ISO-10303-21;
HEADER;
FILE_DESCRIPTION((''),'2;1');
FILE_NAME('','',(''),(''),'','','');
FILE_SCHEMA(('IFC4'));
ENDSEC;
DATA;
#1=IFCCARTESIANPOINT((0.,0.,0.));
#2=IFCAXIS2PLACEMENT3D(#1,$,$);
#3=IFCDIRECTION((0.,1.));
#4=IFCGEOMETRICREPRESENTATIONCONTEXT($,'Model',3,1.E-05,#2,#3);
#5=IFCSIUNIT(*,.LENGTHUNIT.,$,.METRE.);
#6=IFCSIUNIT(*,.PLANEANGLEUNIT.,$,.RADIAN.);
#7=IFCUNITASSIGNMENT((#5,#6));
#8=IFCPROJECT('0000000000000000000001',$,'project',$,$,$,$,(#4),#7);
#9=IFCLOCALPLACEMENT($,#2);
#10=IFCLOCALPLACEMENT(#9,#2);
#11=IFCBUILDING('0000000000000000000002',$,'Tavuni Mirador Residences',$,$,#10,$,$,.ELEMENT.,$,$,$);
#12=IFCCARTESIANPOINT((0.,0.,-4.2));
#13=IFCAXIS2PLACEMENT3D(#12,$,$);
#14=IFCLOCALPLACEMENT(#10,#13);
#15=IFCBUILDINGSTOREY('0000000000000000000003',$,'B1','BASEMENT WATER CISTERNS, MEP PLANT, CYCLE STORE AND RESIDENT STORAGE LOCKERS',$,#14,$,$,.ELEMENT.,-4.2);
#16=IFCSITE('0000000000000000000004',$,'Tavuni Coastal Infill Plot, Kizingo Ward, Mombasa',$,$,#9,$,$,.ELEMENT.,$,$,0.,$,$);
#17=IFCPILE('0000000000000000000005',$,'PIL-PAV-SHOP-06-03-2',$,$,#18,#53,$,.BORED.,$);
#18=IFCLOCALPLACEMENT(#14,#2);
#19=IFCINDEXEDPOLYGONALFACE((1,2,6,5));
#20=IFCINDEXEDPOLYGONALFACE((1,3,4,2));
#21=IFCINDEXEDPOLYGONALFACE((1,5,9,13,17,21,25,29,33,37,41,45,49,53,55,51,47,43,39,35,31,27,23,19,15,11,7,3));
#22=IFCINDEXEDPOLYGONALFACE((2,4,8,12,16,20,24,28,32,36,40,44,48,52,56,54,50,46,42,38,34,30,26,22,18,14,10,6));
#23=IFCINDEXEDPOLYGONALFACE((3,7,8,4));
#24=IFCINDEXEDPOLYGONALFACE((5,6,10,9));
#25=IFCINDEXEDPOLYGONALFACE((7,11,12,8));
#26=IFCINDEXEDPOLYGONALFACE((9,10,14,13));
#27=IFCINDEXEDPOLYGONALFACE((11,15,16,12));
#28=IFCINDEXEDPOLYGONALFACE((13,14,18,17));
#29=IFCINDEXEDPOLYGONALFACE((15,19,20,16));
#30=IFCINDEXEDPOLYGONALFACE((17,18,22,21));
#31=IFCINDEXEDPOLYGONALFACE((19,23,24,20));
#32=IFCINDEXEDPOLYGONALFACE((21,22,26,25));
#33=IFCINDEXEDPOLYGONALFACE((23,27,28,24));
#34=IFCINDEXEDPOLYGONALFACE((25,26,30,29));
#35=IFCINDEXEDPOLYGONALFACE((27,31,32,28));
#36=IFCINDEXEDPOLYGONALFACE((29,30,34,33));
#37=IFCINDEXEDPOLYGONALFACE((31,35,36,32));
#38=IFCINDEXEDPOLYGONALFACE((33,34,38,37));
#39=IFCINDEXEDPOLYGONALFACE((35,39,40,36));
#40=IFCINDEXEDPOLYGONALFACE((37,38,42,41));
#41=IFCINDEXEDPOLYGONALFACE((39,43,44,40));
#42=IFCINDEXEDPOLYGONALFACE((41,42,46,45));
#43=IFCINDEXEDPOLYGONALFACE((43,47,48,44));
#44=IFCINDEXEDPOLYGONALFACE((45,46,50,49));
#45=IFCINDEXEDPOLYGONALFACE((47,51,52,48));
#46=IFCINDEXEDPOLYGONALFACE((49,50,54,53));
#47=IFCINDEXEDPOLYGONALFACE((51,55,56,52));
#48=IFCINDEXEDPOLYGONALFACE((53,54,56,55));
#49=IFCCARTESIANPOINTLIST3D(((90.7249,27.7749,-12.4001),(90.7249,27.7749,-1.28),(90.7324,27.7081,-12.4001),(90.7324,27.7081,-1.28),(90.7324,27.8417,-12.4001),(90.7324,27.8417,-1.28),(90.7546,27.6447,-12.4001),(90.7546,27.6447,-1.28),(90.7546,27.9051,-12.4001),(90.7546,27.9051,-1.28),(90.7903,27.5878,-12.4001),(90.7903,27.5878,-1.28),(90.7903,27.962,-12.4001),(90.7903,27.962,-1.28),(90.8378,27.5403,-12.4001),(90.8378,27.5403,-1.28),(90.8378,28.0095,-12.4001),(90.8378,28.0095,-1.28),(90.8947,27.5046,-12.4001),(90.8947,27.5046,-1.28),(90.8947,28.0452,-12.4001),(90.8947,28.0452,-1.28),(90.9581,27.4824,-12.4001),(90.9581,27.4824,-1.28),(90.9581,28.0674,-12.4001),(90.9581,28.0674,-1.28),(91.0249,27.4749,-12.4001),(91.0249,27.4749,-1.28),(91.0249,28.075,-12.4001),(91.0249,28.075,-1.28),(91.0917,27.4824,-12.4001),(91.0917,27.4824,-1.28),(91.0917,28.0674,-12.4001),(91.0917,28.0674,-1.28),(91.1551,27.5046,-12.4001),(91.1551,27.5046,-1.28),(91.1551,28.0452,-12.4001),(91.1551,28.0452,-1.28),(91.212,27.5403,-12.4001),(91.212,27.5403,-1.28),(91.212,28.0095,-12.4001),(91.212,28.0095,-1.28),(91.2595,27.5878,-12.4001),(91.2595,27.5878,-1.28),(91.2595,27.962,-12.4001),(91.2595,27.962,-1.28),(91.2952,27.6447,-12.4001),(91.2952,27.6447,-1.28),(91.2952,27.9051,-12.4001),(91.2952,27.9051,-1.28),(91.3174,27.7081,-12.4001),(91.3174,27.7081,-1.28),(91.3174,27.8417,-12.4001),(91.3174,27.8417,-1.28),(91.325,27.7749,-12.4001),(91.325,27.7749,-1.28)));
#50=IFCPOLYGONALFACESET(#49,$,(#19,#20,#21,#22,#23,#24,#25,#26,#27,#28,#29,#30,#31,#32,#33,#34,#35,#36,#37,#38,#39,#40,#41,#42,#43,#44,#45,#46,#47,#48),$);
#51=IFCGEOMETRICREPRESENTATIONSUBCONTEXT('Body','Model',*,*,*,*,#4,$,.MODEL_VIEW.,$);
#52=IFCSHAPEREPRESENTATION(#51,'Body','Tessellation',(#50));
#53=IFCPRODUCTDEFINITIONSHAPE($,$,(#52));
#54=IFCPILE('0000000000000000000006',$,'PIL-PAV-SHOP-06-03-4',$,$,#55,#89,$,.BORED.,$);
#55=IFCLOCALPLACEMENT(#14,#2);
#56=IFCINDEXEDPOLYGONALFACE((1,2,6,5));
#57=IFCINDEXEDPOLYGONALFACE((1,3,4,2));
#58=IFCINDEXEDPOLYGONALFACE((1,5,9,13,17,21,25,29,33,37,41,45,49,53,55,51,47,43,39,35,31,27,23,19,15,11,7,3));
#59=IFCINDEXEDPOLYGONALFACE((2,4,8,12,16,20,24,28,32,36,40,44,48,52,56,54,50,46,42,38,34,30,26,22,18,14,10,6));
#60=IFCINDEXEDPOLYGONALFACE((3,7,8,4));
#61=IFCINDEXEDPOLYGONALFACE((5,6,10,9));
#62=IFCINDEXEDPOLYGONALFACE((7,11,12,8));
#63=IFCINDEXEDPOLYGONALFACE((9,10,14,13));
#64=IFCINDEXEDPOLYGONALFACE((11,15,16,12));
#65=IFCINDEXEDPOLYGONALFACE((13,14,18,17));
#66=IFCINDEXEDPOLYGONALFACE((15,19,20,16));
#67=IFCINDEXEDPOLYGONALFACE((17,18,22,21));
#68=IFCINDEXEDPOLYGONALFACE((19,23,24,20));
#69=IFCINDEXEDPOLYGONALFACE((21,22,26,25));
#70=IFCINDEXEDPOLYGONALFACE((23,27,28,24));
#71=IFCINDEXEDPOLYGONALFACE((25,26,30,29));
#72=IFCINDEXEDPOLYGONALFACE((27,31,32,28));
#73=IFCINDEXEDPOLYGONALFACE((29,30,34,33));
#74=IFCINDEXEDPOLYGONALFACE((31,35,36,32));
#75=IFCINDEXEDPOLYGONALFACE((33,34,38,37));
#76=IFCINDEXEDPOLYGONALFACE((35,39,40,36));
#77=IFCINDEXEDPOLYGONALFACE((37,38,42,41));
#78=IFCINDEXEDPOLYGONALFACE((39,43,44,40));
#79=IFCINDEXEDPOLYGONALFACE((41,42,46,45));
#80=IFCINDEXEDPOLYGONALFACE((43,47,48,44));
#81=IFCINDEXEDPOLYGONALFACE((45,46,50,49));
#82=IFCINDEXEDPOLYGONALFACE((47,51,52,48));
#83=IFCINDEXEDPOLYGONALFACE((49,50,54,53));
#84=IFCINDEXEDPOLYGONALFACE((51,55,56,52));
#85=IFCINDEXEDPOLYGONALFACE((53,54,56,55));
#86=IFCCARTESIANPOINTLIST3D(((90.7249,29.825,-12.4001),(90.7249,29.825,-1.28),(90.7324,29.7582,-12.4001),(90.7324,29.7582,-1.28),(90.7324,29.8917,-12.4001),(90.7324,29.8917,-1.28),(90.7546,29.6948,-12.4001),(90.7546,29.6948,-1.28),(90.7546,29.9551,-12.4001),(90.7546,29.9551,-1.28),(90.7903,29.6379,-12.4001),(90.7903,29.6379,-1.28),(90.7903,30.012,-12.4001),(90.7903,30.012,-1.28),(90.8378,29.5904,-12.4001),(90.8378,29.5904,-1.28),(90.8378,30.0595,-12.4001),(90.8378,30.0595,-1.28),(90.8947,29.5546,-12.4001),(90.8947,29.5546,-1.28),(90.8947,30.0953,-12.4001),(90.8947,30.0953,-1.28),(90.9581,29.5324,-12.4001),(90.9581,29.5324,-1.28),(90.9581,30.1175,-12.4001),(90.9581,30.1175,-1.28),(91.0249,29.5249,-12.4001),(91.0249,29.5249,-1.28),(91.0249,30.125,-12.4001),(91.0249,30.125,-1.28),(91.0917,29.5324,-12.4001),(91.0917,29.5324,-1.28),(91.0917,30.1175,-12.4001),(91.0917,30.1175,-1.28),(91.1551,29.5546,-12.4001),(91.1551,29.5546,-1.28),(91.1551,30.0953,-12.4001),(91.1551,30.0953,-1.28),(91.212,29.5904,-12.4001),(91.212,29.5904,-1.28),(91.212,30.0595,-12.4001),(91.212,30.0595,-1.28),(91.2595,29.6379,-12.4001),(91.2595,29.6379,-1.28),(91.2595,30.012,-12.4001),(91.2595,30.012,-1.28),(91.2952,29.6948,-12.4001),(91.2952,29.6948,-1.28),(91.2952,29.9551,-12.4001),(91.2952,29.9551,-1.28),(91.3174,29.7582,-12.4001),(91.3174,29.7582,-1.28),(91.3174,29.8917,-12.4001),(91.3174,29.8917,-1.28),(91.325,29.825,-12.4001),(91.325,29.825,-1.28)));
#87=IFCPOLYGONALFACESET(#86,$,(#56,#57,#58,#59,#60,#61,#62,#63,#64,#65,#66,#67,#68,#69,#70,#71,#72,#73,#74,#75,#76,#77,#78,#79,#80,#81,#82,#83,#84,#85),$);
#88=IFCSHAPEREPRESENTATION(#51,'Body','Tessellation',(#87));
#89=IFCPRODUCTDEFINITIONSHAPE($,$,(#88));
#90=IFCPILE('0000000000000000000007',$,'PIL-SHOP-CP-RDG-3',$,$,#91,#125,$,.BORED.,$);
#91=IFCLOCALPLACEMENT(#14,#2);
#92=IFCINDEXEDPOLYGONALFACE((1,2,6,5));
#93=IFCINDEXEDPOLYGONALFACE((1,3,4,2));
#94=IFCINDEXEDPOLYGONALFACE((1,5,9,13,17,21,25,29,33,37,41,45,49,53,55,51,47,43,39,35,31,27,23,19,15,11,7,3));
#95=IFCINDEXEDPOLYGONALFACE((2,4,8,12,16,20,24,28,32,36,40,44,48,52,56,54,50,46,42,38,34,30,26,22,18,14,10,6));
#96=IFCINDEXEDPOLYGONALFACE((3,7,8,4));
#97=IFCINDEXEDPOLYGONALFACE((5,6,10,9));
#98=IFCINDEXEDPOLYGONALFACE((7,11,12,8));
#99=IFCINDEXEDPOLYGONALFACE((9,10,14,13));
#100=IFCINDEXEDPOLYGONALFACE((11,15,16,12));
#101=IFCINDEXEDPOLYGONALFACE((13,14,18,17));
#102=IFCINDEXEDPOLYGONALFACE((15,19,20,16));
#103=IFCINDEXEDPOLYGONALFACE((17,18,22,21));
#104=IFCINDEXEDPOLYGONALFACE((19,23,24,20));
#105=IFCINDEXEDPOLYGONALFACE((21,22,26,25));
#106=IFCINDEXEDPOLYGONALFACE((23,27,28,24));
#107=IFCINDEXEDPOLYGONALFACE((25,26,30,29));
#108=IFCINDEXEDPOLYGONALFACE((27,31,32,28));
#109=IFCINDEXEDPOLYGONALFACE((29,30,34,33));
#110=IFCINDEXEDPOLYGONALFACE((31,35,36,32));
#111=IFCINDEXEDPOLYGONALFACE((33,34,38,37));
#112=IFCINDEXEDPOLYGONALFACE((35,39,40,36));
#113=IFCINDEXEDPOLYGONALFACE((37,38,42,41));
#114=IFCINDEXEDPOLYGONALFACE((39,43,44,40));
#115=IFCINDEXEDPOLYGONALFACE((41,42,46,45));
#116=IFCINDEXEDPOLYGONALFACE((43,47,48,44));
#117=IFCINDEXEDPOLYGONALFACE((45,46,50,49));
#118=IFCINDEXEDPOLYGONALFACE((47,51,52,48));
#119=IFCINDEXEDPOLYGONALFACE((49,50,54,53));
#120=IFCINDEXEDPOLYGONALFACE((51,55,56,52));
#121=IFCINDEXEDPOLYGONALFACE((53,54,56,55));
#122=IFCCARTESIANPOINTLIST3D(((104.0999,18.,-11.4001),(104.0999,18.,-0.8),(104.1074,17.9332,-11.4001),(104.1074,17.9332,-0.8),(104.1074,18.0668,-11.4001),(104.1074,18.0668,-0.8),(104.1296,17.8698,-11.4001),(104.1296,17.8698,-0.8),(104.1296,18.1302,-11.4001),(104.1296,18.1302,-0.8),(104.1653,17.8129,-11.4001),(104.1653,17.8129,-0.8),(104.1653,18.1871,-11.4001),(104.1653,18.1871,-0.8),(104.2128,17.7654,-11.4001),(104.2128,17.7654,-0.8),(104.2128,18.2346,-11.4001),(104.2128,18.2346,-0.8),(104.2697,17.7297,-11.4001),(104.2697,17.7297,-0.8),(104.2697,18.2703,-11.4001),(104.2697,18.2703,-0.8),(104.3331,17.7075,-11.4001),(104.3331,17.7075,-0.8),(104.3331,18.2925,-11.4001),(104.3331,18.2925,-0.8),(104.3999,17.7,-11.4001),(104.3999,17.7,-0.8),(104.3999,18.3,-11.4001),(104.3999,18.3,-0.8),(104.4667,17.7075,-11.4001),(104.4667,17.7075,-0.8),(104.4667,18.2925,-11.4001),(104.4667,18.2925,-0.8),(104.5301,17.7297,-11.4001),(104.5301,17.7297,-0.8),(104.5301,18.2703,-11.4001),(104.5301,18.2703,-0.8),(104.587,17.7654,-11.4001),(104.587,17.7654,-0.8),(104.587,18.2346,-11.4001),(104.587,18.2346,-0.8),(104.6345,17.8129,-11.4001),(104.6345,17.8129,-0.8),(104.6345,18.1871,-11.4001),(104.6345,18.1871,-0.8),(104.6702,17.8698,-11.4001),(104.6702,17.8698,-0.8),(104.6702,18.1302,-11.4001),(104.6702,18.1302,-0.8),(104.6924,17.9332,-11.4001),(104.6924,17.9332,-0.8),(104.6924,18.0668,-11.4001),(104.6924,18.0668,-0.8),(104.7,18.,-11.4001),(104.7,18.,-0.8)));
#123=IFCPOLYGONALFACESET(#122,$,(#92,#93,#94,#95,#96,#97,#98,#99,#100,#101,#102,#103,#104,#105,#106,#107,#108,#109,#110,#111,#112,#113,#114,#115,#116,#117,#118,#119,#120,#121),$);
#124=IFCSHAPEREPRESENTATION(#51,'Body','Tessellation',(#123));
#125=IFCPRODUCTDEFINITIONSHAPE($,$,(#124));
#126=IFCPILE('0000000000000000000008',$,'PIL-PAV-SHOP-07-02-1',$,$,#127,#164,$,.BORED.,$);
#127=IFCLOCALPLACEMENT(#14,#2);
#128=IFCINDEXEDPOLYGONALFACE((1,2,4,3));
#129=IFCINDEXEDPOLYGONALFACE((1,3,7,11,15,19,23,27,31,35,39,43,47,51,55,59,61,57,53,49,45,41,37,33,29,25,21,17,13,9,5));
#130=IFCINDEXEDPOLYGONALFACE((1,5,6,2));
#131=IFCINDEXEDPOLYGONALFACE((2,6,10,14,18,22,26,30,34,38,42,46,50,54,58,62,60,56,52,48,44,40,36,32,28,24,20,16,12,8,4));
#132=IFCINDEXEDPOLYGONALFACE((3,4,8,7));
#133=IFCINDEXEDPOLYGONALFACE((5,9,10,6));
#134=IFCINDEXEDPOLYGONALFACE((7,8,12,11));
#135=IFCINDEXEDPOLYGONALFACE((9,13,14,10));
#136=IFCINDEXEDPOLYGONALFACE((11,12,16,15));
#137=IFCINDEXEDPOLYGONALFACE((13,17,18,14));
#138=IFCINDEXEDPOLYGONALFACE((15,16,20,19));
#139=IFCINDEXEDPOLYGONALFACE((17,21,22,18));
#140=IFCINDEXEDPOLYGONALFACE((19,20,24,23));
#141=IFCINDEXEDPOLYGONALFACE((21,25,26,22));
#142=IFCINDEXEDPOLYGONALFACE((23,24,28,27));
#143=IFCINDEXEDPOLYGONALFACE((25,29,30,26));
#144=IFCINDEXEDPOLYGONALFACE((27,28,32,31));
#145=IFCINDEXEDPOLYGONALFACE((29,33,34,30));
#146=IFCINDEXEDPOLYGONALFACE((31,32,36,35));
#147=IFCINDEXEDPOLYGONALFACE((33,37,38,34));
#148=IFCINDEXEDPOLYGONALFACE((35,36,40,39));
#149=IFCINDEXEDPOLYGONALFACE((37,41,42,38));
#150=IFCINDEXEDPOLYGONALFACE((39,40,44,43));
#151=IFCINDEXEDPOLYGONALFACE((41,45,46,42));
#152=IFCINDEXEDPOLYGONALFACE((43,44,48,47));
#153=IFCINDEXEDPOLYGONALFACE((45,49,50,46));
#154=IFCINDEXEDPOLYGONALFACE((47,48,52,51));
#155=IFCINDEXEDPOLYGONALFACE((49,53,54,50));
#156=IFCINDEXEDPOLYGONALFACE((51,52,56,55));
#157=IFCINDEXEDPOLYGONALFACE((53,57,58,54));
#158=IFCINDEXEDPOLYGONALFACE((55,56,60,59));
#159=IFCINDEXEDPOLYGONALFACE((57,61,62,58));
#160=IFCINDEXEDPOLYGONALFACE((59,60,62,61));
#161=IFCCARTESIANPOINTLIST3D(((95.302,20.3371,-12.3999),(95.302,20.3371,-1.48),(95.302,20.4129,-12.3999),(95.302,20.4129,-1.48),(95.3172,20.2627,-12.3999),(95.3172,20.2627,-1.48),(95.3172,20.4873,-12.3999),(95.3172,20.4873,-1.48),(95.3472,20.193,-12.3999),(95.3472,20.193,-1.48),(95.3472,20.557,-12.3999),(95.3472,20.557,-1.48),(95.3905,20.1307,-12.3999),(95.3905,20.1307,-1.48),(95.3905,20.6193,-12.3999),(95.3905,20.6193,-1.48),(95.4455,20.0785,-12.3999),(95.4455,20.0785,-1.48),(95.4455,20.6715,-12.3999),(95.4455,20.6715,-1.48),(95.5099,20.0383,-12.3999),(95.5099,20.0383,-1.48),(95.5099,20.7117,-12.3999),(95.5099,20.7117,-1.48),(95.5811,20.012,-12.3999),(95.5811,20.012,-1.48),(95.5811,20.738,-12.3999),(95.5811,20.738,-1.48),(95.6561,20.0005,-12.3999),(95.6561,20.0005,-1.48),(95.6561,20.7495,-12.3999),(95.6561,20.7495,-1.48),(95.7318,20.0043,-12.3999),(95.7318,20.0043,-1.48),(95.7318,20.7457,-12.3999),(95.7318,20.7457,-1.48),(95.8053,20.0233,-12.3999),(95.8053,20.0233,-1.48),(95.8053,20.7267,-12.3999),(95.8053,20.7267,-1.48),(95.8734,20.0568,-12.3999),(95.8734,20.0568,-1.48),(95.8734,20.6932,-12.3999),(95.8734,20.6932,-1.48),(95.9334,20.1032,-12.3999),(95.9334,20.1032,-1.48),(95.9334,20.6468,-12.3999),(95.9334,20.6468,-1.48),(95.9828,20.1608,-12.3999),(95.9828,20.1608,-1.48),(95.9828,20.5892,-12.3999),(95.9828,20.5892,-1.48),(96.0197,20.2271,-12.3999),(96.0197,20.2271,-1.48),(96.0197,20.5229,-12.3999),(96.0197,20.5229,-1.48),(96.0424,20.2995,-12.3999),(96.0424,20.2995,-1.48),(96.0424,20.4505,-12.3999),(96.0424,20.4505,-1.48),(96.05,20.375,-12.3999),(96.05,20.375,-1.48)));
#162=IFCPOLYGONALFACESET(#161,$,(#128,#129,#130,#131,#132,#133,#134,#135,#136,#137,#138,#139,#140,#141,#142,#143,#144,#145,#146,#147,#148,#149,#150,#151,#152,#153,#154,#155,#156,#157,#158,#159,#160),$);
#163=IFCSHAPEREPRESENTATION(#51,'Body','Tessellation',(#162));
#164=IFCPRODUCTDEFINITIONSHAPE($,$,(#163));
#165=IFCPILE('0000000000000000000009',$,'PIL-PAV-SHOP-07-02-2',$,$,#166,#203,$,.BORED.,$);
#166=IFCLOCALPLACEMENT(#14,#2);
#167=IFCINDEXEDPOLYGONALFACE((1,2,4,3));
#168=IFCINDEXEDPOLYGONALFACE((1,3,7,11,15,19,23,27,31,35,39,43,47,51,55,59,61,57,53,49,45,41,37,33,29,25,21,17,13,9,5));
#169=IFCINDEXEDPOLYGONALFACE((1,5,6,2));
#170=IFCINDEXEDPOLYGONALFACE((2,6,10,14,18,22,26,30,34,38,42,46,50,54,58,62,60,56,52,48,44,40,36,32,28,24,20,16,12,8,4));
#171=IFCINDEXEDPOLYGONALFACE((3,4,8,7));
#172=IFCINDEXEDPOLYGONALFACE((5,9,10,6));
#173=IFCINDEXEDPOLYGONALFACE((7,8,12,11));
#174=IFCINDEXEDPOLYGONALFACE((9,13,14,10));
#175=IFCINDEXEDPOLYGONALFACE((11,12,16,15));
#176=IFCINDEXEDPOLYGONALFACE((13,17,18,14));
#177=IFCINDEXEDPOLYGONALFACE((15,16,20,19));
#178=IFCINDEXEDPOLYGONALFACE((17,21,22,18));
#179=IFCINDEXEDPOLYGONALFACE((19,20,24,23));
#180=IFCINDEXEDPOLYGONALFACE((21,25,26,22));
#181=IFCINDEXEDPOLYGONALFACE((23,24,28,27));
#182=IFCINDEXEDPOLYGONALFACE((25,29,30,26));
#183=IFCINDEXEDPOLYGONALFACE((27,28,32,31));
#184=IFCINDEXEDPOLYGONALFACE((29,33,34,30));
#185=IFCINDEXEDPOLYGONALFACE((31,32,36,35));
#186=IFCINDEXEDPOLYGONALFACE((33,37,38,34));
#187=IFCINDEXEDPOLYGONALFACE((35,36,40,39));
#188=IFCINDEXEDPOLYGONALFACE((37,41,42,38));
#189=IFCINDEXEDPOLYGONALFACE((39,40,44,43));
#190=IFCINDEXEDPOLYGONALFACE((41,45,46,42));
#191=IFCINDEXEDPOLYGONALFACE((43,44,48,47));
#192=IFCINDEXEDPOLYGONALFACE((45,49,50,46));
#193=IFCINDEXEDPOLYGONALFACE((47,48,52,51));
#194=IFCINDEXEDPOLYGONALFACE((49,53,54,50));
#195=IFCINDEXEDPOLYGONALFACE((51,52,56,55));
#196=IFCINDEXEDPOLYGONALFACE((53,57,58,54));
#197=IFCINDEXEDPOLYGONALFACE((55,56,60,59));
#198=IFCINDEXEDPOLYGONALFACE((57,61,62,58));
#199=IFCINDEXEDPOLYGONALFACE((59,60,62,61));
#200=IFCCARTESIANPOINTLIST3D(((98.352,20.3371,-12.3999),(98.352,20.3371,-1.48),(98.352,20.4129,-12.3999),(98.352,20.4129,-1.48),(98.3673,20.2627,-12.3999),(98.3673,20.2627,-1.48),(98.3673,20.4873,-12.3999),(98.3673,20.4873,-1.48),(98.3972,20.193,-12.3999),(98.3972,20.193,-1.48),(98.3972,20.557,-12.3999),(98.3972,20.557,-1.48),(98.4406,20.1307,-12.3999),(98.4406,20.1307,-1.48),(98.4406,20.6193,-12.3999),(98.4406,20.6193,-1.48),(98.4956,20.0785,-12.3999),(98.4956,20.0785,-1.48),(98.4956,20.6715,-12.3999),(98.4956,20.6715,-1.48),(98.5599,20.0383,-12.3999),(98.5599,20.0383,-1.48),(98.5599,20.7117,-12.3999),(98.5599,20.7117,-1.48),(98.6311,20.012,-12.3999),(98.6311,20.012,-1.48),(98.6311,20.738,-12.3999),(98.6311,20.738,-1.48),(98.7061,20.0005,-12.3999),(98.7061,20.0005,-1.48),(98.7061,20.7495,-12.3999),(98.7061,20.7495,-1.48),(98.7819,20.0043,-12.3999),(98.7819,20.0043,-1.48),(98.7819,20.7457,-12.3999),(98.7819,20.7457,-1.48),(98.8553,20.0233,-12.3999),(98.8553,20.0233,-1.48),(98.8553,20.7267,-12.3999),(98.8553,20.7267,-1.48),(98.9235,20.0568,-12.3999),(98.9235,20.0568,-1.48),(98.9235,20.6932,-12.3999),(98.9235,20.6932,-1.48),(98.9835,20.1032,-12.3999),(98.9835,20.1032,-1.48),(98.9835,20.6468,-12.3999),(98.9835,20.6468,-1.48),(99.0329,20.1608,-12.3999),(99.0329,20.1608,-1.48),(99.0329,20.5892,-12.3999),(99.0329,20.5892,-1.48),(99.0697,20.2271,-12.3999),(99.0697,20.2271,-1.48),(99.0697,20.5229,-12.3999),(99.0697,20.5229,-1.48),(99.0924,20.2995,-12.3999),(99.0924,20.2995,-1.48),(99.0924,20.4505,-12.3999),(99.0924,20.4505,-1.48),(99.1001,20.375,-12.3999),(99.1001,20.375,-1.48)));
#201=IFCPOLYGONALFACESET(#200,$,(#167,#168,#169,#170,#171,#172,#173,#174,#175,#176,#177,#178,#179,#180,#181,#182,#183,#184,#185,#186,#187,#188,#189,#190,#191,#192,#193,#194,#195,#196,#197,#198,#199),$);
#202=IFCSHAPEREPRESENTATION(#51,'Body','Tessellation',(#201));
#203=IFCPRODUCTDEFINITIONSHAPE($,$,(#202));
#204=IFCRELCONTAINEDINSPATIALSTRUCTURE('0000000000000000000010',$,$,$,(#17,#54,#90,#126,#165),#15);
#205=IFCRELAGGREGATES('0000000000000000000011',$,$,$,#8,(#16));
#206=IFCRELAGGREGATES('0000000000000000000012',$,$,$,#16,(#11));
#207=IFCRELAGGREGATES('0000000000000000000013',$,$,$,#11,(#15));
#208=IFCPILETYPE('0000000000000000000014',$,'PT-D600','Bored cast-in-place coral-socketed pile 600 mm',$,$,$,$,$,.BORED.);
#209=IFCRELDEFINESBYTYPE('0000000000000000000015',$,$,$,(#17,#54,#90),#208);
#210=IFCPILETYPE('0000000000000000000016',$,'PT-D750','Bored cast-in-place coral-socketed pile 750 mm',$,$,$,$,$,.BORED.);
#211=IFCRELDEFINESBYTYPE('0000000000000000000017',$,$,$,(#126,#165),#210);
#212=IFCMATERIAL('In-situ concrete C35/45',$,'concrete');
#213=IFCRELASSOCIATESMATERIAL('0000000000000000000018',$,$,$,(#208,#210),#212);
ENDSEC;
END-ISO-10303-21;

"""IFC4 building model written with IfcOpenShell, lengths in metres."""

from ifc_helpers import new_model, si_unit, direction, frame, origin, origin_2d, place, context, subcontext, project, spatial, circle, extrude, material, material_profile, profile_set, type_object, element, save


model = new_model("IFC4")

# Units and contexts
model_context = context("Model", 3, precision=1e-05, world=origin(), true_north=direction((0.0, 1.0)))
body_context = subcontext(model_context, "Body", "Model", "MODEL_VIEW")
ifc_project = project(units=[si_unit("LENGTHUNIT", "METRE"), si_unit("PLANEANGLEUNIT", "RADIAN")], contexts=[model_context])

# Site, building, storey
site_placement = place(None, origin())
site = spatial("IfcSite", under=ifc_project, at=site_placement, Name="Tavuni Coastal Infill Plot, Kizingo Ward, Mombasa", CompositionType="ELEMENT", RefElevation=0.0)
building_placement = place(site_placement, origin())
building = spatial("IfcBuilding", under=site, at=building_placement, Name="Tavuni Mirador Residences", CompositionType="ELEMENT")
storey_placement = place(building_placement, frame((0.0, 0.0, -4.2)))
storey = spatial("IfcBuildingStorey", under=building, at=storey_placement, Name="B1", Description="BASEMENT WATER CISTERNS, MEP PLANT, CYCLE STORE AND RESIDENT STORAGE LOCKERS", CompositionType="ELEMENT", Elevation=-4.2)

# Shared definitions
ifc_material_1 = material(Name="In-situ concrete C35/45", Category="concrete")

# Piles
ifc_material_profile_1 = material_profile(ifc_material_1, circle(Radius=0.3, at=origin_2d()), Name="PILE D600", Category="concrete")
ifc_profile_set_1 = profile_set([ifc_material_profile_1], Name="In-situ concrete C35/45")
pile_type_1 = type_object("IfcPileType", Name="PT-D600", Description="Bored cast-in-place coral-socketed pile 600 mm", PredefinedType="BORED", material=ifc_profile_set_1)
for number, where, z_axis, x_axis, name in (
    (1, (91.0249, 27.7749, -1.28), (0.0, 0.0, -1.0), (1.0, 0.0, 0.0), "PIL-PAV-SHOP-06-03-2"),
    (2, (91.0249, 29.825, -1.28), (0.0, 0.0, -1.0), (1.0, 0.0, 0.0), "PIL-PAV-SHOP-06-03-4"),
):
    element("IfcPile", number, at=place(storey_placement, frame(where, z_axis=z_axis, x_axis=x_axis)), inside=storey, type_object=pile_type_1, Name=name, PredefinedType="BORED", context=body_context, shape_type="SweptSolid", body=[
        extrude(circle(Radius=0.3, at=origin_2d()), origin(), (0.0, 0.0, 1.0), 11.1201),
    ])
pile_1_placement = place(storey_placement, frame((104.3999, 18.0, -0.8), z_axis=(0.0, 0.0, -1.0), x_axis=(1.0, 0.0, 0.0)))
element("IfcPile", 3, at=pile_1_placement, inside=storey, type_object=pile_type_1, Name="PIL-SHOP-CP-RDG-3", PredefinedType="BORED", context=body_context, shape_type="SweptSolid", body=[
    extrude(circle(Radius=0.3, at=origin_2d()), origin(), (0.0, 0.0, 1.0), 10.6001),
])
ifc_material_profile_2 = material_profile(ifc_material_1, circle(Radius=0.375, at=origin_2d()), Name="PILE D750", Category="concrete")
ifc_profile_set_2 = profile_set([ifc_material_profile_2], Name="In-situ concrete C35/45")
pile_type_2 = type_object("IfcPileType", Name="PT-D750", Description="Bored cast-in-place coral-socketed pile 750 mm", PredefinedType="BORED", material=ifc_profile_set_2)
for number, where, z_axis, x_axis, name in (
    (4, (95.675, 20.375, -1.48), (0.0, 0.0, -1.0), (1.0, 0.0, 0.0), "PIL-PAV-SHOP-07-02-1"),
    (5, (98.7251, 20.375, -1.48), (0.0, 0.0, -1.0), (1.0, 0.0, 0.0), "PIL-PAV-SHOP-07-02-2"),
):
    element("IfcPile", number, at=place(storey_placement, frame(where, z_axis=z_axis, x_axis=x_axis)), inside=storey, type_object=pile_type_2, Name=name, PredefinedType="BORED", context=body_context, shape_type="SweptSolid", body=[
        extrude(circle(Radius=0.375, at=origin_2d()), origin(), (0.0, 0.0, 1.0), 10.9199),
    ])

save(model, "model.ifc")
